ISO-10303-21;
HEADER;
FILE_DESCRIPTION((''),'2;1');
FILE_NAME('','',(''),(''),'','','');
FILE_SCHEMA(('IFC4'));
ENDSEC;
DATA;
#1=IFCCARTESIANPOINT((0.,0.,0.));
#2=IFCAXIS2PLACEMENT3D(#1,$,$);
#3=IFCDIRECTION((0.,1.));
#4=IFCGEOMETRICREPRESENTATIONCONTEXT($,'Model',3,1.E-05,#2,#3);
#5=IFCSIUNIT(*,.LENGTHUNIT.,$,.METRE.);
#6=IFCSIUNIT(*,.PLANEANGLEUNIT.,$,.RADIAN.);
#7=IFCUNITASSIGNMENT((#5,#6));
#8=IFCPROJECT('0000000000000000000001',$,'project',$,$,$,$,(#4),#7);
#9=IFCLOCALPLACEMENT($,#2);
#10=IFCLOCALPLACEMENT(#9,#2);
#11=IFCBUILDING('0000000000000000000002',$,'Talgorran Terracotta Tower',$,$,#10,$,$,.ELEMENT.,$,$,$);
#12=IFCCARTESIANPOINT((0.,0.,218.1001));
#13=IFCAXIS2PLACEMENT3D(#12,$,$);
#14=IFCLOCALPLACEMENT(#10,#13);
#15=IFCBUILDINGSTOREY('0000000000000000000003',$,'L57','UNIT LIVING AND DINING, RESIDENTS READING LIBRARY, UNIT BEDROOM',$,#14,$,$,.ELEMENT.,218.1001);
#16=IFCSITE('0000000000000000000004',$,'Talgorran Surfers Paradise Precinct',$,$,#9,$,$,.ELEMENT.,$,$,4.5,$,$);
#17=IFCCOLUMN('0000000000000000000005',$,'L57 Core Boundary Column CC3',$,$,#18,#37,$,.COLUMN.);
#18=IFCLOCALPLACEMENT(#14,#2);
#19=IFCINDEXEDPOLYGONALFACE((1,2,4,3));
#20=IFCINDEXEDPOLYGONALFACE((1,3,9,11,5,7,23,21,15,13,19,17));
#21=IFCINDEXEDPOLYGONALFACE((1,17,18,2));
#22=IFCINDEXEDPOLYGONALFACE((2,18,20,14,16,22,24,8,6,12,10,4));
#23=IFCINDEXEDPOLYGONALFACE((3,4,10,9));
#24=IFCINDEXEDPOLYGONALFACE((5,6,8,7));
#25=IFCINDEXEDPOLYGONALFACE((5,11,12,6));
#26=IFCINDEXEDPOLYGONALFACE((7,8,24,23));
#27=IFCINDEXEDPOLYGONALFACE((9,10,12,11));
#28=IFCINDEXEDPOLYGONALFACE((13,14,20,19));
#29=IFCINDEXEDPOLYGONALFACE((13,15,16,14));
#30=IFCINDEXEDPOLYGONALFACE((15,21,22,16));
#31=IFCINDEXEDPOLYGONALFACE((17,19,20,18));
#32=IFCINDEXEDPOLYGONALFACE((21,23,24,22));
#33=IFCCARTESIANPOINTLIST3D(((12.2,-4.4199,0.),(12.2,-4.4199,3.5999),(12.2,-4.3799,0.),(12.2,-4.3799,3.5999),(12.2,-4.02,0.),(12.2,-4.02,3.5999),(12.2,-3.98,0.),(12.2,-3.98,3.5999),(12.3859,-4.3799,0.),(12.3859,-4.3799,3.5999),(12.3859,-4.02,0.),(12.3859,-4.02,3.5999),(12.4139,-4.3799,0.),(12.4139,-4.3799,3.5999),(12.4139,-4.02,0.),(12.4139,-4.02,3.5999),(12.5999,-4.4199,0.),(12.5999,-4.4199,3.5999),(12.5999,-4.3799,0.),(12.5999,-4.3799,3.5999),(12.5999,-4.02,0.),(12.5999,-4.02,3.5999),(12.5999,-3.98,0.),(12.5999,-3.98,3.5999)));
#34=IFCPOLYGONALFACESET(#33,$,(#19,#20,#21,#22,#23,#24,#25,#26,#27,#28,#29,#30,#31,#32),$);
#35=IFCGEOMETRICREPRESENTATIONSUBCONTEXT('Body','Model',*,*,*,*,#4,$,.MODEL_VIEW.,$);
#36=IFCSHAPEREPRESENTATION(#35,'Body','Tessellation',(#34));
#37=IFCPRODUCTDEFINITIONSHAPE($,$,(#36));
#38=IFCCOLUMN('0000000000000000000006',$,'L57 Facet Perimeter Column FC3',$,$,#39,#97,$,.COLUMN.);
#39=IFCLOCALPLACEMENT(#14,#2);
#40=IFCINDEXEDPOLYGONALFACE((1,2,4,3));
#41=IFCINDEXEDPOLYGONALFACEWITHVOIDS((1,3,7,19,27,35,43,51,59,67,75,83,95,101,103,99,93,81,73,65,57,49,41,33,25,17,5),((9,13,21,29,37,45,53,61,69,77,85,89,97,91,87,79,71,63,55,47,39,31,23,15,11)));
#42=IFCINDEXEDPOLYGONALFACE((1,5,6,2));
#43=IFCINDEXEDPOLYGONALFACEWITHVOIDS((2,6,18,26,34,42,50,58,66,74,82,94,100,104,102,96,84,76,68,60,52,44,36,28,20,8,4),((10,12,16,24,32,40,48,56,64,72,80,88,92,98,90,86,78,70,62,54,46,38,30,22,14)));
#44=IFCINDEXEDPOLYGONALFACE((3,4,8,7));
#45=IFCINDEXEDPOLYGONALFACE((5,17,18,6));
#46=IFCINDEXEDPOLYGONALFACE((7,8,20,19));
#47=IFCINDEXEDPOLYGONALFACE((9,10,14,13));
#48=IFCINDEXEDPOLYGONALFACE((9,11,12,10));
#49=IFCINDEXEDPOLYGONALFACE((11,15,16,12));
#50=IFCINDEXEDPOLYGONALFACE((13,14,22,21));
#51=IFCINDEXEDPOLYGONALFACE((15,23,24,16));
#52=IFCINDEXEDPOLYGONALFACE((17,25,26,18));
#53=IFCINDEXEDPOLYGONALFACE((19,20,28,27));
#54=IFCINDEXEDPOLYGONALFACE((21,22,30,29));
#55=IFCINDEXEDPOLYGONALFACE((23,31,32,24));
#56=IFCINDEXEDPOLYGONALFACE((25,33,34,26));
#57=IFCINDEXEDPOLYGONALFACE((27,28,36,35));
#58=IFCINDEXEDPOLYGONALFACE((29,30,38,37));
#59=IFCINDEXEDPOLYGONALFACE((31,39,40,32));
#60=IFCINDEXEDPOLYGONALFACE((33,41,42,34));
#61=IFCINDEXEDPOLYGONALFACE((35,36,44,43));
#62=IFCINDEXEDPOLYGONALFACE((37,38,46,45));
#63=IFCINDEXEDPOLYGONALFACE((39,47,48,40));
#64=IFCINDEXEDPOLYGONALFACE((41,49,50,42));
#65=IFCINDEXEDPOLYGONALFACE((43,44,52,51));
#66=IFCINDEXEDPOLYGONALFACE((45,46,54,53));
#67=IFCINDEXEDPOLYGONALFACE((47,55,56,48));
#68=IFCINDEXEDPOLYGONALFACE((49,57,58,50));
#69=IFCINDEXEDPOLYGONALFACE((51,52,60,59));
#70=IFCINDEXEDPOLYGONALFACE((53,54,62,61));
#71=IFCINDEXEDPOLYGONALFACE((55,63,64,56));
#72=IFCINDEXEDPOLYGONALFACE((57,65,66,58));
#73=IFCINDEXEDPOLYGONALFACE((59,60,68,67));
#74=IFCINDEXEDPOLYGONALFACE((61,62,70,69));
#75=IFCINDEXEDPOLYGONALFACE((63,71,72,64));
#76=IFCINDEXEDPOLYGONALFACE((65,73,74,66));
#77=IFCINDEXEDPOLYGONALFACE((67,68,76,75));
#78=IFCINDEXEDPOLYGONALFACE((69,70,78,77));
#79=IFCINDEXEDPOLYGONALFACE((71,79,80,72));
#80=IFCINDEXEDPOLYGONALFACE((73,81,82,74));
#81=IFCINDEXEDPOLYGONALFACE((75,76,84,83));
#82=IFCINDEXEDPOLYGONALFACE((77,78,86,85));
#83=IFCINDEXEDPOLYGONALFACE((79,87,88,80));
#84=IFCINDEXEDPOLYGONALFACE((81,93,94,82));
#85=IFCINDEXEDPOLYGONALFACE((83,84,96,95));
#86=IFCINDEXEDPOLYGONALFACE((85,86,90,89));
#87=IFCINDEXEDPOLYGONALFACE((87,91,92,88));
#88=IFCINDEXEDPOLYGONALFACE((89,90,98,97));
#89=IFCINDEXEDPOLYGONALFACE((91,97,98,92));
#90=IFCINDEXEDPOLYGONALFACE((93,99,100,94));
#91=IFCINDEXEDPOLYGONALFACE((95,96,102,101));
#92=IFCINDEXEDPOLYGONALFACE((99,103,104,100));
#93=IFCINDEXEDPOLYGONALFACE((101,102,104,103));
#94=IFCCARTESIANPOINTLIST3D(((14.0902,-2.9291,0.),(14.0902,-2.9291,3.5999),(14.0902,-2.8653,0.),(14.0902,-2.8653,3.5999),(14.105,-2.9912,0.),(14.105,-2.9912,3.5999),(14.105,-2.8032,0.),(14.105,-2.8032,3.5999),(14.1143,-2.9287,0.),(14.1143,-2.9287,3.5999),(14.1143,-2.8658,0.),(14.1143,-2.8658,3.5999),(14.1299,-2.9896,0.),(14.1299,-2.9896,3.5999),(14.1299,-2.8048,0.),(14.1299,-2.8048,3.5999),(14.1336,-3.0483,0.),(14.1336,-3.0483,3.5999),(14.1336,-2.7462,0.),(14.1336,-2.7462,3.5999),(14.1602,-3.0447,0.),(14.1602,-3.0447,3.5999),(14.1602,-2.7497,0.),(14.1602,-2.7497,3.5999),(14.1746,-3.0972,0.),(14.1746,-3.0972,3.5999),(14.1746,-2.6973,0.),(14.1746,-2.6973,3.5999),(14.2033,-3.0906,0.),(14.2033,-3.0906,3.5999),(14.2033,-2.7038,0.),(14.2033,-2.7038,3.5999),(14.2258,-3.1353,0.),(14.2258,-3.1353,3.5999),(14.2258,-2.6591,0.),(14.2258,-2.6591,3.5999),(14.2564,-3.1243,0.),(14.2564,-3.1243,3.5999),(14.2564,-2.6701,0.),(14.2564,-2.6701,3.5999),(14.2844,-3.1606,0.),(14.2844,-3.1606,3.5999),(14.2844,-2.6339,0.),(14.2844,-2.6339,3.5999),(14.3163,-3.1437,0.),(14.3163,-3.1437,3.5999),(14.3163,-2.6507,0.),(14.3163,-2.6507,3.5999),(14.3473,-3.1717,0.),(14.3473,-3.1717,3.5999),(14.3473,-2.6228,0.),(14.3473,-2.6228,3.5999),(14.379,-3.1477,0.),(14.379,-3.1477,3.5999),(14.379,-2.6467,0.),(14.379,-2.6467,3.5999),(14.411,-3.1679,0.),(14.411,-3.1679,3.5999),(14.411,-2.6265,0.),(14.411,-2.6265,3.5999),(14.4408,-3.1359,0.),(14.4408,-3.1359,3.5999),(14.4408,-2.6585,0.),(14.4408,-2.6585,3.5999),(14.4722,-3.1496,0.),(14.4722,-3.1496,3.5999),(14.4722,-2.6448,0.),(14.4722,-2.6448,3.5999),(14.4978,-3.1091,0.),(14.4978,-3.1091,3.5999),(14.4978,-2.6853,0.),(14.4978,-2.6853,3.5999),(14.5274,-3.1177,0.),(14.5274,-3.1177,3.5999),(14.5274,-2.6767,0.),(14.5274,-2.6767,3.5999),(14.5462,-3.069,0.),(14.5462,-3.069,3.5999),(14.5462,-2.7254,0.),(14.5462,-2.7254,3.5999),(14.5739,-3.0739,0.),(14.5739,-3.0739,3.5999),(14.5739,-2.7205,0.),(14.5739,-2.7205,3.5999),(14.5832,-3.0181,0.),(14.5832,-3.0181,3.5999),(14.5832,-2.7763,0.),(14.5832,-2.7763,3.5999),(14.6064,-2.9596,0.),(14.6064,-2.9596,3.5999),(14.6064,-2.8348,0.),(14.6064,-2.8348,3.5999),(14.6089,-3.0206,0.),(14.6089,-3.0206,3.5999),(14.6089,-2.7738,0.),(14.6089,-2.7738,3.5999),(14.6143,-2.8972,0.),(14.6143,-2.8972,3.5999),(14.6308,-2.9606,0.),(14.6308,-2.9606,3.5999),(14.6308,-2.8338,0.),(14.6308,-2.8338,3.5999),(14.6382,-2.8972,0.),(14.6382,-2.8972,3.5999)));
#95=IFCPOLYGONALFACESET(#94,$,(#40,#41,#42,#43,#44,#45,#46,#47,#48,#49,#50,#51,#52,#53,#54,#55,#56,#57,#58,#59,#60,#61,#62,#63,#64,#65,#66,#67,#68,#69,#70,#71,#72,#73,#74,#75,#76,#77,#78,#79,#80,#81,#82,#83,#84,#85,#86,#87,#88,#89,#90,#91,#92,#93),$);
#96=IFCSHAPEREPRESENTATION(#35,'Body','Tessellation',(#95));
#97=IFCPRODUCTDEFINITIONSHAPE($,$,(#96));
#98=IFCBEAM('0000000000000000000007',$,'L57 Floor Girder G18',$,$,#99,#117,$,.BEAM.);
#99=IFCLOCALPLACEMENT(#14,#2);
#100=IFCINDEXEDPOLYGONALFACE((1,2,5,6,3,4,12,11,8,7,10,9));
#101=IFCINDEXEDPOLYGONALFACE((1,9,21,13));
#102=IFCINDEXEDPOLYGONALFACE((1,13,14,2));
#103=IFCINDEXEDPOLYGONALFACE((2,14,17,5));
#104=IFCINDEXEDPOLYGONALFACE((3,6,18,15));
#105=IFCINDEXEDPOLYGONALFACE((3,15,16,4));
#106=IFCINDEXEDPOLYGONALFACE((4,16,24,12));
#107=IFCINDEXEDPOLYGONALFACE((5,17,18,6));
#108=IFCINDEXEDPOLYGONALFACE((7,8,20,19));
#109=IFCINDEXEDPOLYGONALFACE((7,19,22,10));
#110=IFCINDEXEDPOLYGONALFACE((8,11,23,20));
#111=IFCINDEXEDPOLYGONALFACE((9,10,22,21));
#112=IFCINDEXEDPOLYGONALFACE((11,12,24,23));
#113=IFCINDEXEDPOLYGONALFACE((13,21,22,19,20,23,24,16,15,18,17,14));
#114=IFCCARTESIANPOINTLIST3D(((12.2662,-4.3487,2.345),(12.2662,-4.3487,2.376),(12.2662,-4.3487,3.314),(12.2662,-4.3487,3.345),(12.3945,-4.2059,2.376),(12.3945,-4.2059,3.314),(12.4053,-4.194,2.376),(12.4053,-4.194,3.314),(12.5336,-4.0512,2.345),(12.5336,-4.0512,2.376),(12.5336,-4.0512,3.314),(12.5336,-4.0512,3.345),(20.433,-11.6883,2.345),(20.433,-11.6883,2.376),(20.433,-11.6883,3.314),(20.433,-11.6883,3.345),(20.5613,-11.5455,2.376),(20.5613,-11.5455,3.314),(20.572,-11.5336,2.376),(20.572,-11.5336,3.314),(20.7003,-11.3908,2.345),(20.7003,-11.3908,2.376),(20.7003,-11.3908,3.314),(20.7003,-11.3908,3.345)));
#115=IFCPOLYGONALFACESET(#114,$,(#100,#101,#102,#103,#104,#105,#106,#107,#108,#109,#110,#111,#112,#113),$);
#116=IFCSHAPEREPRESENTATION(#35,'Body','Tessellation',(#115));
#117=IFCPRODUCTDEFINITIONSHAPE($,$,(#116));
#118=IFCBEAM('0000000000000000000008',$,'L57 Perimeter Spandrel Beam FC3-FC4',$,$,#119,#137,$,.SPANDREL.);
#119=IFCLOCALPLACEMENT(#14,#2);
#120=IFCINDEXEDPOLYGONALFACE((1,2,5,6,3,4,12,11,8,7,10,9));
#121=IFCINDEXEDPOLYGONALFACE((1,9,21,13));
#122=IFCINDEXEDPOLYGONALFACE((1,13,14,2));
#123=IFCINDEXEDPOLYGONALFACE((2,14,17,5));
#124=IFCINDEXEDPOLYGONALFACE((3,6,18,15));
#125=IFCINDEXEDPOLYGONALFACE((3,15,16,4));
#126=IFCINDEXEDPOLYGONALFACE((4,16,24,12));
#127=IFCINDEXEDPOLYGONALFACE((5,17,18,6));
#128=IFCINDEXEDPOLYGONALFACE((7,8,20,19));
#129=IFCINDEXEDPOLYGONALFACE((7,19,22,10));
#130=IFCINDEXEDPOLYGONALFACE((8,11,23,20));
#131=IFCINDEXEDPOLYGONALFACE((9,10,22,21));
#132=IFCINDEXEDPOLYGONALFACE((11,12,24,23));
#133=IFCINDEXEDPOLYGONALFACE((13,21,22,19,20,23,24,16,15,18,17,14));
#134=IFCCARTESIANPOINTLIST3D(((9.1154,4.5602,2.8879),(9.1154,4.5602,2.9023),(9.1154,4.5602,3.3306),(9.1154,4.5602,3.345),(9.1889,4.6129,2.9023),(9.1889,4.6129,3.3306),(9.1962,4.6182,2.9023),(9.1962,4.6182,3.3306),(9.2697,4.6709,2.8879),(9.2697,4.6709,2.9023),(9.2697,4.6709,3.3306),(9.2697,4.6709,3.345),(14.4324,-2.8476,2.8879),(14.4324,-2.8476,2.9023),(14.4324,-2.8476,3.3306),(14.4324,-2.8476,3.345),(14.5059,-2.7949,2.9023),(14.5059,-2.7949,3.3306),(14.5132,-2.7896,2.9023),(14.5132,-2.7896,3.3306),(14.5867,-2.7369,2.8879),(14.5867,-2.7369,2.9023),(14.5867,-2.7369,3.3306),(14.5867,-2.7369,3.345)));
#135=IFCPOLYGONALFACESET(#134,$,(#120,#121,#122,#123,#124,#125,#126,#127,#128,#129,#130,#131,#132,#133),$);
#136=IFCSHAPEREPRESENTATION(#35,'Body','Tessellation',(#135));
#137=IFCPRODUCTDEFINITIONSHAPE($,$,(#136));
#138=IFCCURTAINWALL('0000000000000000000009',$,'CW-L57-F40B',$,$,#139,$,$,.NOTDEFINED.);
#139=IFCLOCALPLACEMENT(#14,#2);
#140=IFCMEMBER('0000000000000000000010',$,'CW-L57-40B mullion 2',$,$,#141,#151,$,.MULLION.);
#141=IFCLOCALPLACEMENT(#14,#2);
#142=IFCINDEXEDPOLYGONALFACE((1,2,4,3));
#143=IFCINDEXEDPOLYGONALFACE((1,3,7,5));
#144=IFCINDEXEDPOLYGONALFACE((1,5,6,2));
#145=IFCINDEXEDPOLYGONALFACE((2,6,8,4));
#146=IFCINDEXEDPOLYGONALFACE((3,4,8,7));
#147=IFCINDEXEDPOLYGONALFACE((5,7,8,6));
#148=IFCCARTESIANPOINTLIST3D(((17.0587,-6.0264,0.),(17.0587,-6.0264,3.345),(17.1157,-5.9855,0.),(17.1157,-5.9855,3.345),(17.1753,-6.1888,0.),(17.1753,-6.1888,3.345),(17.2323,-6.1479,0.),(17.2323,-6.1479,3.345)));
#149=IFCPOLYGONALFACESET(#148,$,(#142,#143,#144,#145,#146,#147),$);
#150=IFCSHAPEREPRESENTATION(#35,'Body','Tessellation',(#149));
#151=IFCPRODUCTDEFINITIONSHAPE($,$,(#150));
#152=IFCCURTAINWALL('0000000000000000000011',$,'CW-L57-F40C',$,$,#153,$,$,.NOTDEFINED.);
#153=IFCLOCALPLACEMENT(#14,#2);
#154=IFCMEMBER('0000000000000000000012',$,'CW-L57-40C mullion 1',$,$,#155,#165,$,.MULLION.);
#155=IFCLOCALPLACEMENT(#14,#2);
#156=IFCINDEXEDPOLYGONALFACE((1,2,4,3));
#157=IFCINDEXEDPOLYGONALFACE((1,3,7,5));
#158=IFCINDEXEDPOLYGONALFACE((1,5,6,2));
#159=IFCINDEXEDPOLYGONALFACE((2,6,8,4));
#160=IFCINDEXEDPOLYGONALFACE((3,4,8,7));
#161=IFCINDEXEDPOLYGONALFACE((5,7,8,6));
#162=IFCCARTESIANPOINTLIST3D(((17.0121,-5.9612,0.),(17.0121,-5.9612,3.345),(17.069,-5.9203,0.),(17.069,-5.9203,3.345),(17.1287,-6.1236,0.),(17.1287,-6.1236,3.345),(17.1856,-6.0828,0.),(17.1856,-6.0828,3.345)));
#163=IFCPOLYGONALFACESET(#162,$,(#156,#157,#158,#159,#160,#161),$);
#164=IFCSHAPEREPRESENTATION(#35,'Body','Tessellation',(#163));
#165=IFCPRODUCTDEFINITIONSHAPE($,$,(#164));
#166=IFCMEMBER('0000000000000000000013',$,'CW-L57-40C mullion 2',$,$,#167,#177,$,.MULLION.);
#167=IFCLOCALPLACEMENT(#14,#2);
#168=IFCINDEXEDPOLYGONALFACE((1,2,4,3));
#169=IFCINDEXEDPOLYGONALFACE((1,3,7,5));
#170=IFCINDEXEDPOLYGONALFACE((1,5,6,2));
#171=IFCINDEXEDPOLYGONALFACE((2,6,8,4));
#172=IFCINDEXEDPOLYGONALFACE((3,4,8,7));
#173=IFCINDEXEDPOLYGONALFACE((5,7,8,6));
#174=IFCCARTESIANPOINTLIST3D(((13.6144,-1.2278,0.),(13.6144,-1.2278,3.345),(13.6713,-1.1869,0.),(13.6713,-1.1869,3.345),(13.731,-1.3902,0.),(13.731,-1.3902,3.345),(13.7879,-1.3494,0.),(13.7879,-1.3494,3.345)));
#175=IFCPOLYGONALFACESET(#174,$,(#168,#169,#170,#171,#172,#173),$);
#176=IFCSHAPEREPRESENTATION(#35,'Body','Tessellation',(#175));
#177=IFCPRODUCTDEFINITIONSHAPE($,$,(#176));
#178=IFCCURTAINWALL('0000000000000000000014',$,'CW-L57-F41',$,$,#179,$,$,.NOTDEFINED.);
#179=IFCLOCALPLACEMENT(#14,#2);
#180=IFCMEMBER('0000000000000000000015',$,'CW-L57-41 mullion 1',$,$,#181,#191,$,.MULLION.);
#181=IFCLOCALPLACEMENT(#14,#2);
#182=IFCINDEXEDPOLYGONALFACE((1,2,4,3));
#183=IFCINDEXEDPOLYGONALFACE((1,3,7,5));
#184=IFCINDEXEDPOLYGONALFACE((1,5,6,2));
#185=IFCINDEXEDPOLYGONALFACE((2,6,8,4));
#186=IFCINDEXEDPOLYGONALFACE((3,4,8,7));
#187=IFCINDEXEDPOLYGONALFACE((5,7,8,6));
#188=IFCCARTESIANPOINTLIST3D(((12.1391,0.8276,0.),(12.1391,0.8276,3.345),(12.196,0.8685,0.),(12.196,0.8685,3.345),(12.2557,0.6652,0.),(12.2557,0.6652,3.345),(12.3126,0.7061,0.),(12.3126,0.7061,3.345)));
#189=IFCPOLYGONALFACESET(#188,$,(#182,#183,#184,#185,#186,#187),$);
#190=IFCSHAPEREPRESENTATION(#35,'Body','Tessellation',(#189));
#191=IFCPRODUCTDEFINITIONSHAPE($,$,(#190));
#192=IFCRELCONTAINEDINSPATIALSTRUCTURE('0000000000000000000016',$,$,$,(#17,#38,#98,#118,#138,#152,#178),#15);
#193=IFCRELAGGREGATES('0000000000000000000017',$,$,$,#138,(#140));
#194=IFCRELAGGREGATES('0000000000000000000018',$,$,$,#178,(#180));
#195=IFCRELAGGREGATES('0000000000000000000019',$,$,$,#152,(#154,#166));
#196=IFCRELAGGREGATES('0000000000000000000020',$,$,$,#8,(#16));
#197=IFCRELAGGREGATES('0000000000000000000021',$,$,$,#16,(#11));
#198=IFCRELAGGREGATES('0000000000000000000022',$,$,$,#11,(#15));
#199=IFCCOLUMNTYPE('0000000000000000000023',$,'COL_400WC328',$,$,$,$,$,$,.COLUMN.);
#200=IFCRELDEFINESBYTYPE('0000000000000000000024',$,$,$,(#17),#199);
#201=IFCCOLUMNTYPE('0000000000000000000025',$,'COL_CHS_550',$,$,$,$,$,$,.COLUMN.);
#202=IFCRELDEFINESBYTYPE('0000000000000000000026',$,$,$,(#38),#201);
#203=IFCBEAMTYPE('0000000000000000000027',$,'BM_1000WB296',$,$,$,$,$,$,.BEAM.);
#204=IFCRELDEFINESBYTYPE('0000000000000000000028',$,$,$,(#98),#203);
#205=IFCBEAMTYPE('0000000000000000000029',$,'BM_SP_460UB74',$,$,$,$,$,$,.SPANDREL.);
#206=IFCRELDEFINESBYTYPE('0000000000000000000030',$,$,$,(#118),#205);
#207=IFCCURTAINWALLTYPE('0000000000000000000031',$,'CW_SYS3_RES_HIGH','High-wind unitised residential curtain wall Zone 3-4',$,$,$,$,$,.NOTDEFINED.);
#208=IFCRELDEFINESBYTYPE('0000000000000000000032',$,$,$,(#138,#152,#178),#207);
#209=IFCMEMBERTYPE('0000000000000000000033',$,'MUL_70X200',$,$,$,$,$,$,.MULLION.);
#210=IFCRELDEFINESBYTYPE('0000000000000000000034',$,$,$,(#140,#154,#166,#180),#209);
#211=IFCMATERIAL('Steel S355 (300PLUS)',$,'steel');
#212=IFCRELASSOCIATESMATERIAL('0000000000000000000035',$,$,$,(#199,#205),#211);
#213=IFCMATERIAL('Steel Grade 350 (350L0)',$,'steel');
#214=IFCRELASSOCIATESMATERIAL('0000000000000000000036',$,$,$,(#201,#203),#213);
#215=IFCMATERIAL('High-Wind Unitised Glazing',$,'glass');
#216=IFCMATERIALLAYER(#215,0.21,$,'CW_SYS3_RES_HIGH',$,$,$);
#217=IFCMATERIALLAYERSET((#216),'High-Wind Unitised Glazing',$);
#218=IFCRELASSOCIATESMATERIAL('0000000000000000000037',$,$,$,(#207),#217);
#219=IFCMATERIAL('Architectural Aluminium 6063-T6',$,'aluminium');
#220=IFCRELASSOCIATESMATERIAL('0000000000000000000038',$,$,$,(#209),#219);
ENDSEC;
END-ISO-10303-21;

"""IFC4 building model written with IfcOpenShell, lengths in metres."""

from ifc_helpers import new_model, si_unit, direction, frame, origin, origin_2d, place, context, subcontext, project, spatial, rectangle, hollow_circle, i_section, extrude, material, layer, layer_set, material_profile, profile_set, type_object, element, aggregate, save


model = new_model("IFC4")

# Units and contexts
model_context = context("Model", 3, precision=1e-05, world=origin(), true_north=direction((0.0, 1.0)))
body_context = subcontext(model_context, "Body", "Model", "MODEL_VIEW")
ifc_project = project(units=[si_unit("LENGTHUNIT", "METRE"), si_unit("PLANEANGLEUNIT", "RADIAN")], contexts=[model_context])

# Site, building, storey
site_placement = place(None, origin())
site = spatial("IfcSite", under=ifc_project, at=site_placement, Name="Talgorran Surfers Paradise Precinct", CompositionType="ELEMENT", RefElevation=4.5)
building_placement = place(site_placement, origin())
building = spatial("IfcBuilding", under=site, at=building_placement, Name="Talgorran Terracotta Tower", CompositionType="ELEMENT")
storey_placement = place(building_placement, frame((0.0, 0.0, 218.1001)))
storey = spatial("IfcBuildingStorey", under=building, at=storey_placement, Name="L57", Description="UNIT LIVING AND DINING, RESIDENTS READING LIBRARY, UNIT BEDROOM", CompositionType="ELEMENT", Elevation=218.1001)

# Columns
ifc_material_1 = material(Name="Steel S355 (300PLUS)", Category="steel")
ifc_material_profile_1 = material_profile(ifc_material_1, i_section(OverallWidth=0.3999, OverallDepth=0.4399, WebThickness=0.0281, FlangeThickness=0.04, at=origin_2d()), Name="400WC328")
ifc_profile_set_1 = profile_set([ifc_material_profile_1], Name="Steel S355 (300PLUS)")
column_type_1 = type_object("IfcColumnType", Name="COL_400WC328", PredefinedType="COLUMN", material=ifc_profile_set_1)
column_1_placement = place(storey_placement, frame((12.3999, -4.2, 0.0), z_axis=(0.0, 0.0, 1.0), x_axis=(1.0, 0.0, 0.0)))
element("IfcColumn", 1, at=column_1_placement, inside=storey, type_object=column_type_1, Name="L57 Core Boundary Column CC3", PredefinedType="COLUMN", context=body_context, shape_type="SweptSolid", body=[
    extrude(i_section(OverallWidth=0.3999, OverallDepth=0.4399, WebThickness=0.0281, FlangeThickness=0.04, at=origin_2d()), origin(), (0.0, 0.0, 1.0), 3.5999),
])
ifc_material_2 = material(Name="Steel Grade 350 (350L0)", Category="steel")
ifc_material_profile_2 = material_profile(ifc_material_2, hollow_circle(Radius=0.2749, WallThickness=0.0239, at=origin_2d()), Name="CHS550X24")
ifc_profile_set_2 = profile_set([ifc_material_profile_2], Name="Steel Grade 350 (350L0)")
column_type_2 = type_object("IfcColumnType", Name="COL_CHS_550", PredefinedType="COLUMN", material=ifc_profile_set_2)
column_2_placement = place(storey_placement, frame((14.3633, -2.8972, 0.0), z_axis=(0.0, 0.0, 1.0), x_axis=(1.0, 0.0, 0.0)))
element("IfcColumn", 2, at=column_2_placement, inside=storey, type_object=column_type_2, Name="L57 Facet Perimeter Column FC3", PredefinedType="COLUMN", context=body_context, shape_type="SweptSolid", body=[
    extrude(hollow_circle(Radius=0.2749, WallThickness=0.0239, at=origin_2d()), origin(), (0.0, 0.0, 1.0), 3.5999),
])

# Beams
ifc_material_profile_3 = material_profile(ifc_material_2, i_section(OverallWidth=0.3999, OverallDepth=1.0, WebThickness=0.0161, FlangeThickness=0.031, at=origin_2d()), Name="1000WB296")
ifc_profile_set_3 = profile_set([ifc_material_profile_3], Name="Steel Grade 350 (350L0)")
beam_type_1 = type_object("IfcBeamType", Name="BM_1000WB296", PredefinedType="BEAM", material=ifc_profile_set_3)
beam_1_placement = place(storey_placement, frame((12.3999, -4.2, 2.845), z_axis=(0.743768, -0.668438, 0.0), x_axis=(0.668438, 0.743768, 0.0)))
element("IfcBeam", 3, at=beam_1_placement, inside=storey, type_object=beam_type_1, Name="L57 Floor Girder G18", PredefinedType="BEAM", context=body_context, shape_type="SweptSolid", body=[
    extrude(i_section(OverallWidth=0.3999, OverallDepth=1.0, WebThickness=0.0161, FlangeThickness=0.031, at=origin_2d()), origin(), (0.0, 0.0, 1.0), 10.9802),
])
ifc_material_profile_4 = material_profile(ifc_material_1, i_section(OverallWidth=0.1899, OverallDepth=0.457, WebThickness=0.009, FlangeThickness=0.0144, at=origin_2d()), Name="460UB74.6")
ifc_profile_set_4 = profile_set([ifc_material_profile_4], Name="Steel S355 (300PLUS)")
beam_type_2 = type_object("IfcBeamType", Name="BM_SP_460UB74", PredefinedType="SPANDREL", material=ifc_profile_set_4)
beam_2_placement = place(storey_placement, frame((14.5095, -2.7922, 3.1165), z_axis=(-0.583101, 0.8124, 0.0), x_axis=(-0.8124, -0.583101, 0.0)))
element("IfcBeam", 4, at=beam_2_placement, inside=storey, type_object=beam_type_2, Name="L57 Perimeter Spandrel Beam FC3-FC4", PredefinedType="SPANDREL", context=body_context, shape_type="SweptSolid", body=[
    extrude(i_section(OverallWidth=0.1899, OverallDepth=0.457, WebThickness=0.009, FlangeThickness=0.0144, at=origin_2d()), origin(), (0.0, 0.0, 1.0), 9.1184),
])

# Curtain wall, member
ifc_material_3 = material(Name="High-Wind Unitised Glazing", Category="glass")
ifc_layer_1 = layer(ifc_material_3, 0.21, Name="CW_SYS3_RES_HIGH")
ifc_layer_set_1 = layer_set([ifc_layer_1], Name="High-Wind Unitised Glazing")
curtain_wall_type = type_object("IfcCurtainWallType", Name="CW_SYS3_RES_HIGH", Description="High-wind unitised residential curtain wall Zone 3-4", PredefinedType="NOTDEFINED", material=ifc_layer_set_1)
curtain_wall_1_placement = place(storey_placement, origin())
curtain_wall_1 = element("IfcCurtainWall", 5, at=curtain_wall_1_placement, inside=storey, type_object=curtain_wall_type, Name="CW-L57-F40B", PredefinedType="NOTDEFINED")
ifc_material_4 = material(Name="Architectural Aluminium 6063-T6", Category="aluminium")
ifc_material_profile_5 = material_profile(ifc_material_4, rectangle(XDim=0.0701, YDim=0.2, at=origin_2d()), Name="CWM70X200")
ifc_profile_set_5 = profile_set([ifc_material_profile_5], Name="Architectural Aluminium 6063-T6")
member_type_1 = type_object("IfcMemberType", Name="MUL_70X200", PredefinedType="MULLION", material=ifc_profile_set_5)
member_1_placement = place(storey_placement, frame((17.1455, -6.0872, 0.0), z_axis=(0.0, 0.0, 1.0), x_axis=(-0.812381, -0.583127, 0.0)))
member_1 = element("IfcMember", 6, at=member_1_placement, type_object=member_type_1, Name="CW-L57-40B mullion 2", PredefinedType="MULLION", context=body_context, shape_type="SweptSolid", body=[
    extrude(rectangle(XDim=0.0701, YDim=0.2, at=origin_2d()), origin(), (0.0, 0.0, 1.0), 3.345),
])
aggregate(curtain_wall_1, [member_1])

# Curtain wall, members
curtain_wall_2_placement = place(storey_placement, origin())
curtain_wall_2 = element("IfcCurtainWall", 7, at=curtain_wall_2_placement, inside=storey, type_object=curtain_wall_type, Name="CW-L57-F40C", PredefinedType="NOTDEFINED")
member_2_placement = place(storey_placement, frame((17.0989, -6.022, 0.0), z_axis=(0.0, 0.0, 1.0), x_axis=(-0.812387, -0.583118, 0.0)))
member_2 = element("IfcMember", 8, at=member_2_placement, type_object=member_type_1, Name="CW-L57-40C mullion 1", PredefinedType="MULLION", context=body_context, shape_type="SweptSolid", body=[
    extrude(rectangle(XDim=0.0701, YDim=0.2, at=origin_2d()), origin(), (0.0, 0.0, 1.0), 3.345),
])
member_3_placement = place(storey_placement, frame((13.7012, -1.2886, 0.0), z_axis=(0.0, 0.0, 1.0), x_axis=(-0.812387, -0.583118, 0.0)))
member_3 = element("IfcMember", 9, at=member_3_placement, type_object=member_type_1, Name="CW-L57-40C mullion 2", PredefinedType="MULLION", context=body_context, shape_type="SweptSolid", body=[
    extrude(rectangle(XDim=0.0701, YDim=0.2, at=origin_2d()), origin(), (0.0, 0.0, 1.0), 3.345),
])

# Curtain wall, member
curtain_wall_3_placement = place(storey_placement, origin())
curtain_wall_3 = element("IfcCurtainWall", 10, at=curtain_wall_3_placement, inside=storey, type_object=curtain_wall_type, Name="CW-L57-F41", PredefinedType="NOTDEFINED")
member_4_placement = place(storey_placement, frame((12.2258, 0.7668, 0.0), z_axis=(0.0, 0.0, 1.0), x_axis=(-0.812389, -0.583116, 0.0)))
member_4 = element("IfcMember", 11, at=member_4_placement, type_object=member_type_1, Name="CW-L57-41 mullion 1", PredefinedType="MULLION", context=body_context, shape_type="SweptSolid", body=[
    extrude(rectangle(XDim=0.0701, YDim=0.2, at=origin_2d()), origin(), (0.0, 0.0, 1.0), 3.345),
])

aggregate(curtain_wall_3, [member_4])

aggregate(curtain_wall_2, [member_2, member_3])

save(model, "model.ifc")
